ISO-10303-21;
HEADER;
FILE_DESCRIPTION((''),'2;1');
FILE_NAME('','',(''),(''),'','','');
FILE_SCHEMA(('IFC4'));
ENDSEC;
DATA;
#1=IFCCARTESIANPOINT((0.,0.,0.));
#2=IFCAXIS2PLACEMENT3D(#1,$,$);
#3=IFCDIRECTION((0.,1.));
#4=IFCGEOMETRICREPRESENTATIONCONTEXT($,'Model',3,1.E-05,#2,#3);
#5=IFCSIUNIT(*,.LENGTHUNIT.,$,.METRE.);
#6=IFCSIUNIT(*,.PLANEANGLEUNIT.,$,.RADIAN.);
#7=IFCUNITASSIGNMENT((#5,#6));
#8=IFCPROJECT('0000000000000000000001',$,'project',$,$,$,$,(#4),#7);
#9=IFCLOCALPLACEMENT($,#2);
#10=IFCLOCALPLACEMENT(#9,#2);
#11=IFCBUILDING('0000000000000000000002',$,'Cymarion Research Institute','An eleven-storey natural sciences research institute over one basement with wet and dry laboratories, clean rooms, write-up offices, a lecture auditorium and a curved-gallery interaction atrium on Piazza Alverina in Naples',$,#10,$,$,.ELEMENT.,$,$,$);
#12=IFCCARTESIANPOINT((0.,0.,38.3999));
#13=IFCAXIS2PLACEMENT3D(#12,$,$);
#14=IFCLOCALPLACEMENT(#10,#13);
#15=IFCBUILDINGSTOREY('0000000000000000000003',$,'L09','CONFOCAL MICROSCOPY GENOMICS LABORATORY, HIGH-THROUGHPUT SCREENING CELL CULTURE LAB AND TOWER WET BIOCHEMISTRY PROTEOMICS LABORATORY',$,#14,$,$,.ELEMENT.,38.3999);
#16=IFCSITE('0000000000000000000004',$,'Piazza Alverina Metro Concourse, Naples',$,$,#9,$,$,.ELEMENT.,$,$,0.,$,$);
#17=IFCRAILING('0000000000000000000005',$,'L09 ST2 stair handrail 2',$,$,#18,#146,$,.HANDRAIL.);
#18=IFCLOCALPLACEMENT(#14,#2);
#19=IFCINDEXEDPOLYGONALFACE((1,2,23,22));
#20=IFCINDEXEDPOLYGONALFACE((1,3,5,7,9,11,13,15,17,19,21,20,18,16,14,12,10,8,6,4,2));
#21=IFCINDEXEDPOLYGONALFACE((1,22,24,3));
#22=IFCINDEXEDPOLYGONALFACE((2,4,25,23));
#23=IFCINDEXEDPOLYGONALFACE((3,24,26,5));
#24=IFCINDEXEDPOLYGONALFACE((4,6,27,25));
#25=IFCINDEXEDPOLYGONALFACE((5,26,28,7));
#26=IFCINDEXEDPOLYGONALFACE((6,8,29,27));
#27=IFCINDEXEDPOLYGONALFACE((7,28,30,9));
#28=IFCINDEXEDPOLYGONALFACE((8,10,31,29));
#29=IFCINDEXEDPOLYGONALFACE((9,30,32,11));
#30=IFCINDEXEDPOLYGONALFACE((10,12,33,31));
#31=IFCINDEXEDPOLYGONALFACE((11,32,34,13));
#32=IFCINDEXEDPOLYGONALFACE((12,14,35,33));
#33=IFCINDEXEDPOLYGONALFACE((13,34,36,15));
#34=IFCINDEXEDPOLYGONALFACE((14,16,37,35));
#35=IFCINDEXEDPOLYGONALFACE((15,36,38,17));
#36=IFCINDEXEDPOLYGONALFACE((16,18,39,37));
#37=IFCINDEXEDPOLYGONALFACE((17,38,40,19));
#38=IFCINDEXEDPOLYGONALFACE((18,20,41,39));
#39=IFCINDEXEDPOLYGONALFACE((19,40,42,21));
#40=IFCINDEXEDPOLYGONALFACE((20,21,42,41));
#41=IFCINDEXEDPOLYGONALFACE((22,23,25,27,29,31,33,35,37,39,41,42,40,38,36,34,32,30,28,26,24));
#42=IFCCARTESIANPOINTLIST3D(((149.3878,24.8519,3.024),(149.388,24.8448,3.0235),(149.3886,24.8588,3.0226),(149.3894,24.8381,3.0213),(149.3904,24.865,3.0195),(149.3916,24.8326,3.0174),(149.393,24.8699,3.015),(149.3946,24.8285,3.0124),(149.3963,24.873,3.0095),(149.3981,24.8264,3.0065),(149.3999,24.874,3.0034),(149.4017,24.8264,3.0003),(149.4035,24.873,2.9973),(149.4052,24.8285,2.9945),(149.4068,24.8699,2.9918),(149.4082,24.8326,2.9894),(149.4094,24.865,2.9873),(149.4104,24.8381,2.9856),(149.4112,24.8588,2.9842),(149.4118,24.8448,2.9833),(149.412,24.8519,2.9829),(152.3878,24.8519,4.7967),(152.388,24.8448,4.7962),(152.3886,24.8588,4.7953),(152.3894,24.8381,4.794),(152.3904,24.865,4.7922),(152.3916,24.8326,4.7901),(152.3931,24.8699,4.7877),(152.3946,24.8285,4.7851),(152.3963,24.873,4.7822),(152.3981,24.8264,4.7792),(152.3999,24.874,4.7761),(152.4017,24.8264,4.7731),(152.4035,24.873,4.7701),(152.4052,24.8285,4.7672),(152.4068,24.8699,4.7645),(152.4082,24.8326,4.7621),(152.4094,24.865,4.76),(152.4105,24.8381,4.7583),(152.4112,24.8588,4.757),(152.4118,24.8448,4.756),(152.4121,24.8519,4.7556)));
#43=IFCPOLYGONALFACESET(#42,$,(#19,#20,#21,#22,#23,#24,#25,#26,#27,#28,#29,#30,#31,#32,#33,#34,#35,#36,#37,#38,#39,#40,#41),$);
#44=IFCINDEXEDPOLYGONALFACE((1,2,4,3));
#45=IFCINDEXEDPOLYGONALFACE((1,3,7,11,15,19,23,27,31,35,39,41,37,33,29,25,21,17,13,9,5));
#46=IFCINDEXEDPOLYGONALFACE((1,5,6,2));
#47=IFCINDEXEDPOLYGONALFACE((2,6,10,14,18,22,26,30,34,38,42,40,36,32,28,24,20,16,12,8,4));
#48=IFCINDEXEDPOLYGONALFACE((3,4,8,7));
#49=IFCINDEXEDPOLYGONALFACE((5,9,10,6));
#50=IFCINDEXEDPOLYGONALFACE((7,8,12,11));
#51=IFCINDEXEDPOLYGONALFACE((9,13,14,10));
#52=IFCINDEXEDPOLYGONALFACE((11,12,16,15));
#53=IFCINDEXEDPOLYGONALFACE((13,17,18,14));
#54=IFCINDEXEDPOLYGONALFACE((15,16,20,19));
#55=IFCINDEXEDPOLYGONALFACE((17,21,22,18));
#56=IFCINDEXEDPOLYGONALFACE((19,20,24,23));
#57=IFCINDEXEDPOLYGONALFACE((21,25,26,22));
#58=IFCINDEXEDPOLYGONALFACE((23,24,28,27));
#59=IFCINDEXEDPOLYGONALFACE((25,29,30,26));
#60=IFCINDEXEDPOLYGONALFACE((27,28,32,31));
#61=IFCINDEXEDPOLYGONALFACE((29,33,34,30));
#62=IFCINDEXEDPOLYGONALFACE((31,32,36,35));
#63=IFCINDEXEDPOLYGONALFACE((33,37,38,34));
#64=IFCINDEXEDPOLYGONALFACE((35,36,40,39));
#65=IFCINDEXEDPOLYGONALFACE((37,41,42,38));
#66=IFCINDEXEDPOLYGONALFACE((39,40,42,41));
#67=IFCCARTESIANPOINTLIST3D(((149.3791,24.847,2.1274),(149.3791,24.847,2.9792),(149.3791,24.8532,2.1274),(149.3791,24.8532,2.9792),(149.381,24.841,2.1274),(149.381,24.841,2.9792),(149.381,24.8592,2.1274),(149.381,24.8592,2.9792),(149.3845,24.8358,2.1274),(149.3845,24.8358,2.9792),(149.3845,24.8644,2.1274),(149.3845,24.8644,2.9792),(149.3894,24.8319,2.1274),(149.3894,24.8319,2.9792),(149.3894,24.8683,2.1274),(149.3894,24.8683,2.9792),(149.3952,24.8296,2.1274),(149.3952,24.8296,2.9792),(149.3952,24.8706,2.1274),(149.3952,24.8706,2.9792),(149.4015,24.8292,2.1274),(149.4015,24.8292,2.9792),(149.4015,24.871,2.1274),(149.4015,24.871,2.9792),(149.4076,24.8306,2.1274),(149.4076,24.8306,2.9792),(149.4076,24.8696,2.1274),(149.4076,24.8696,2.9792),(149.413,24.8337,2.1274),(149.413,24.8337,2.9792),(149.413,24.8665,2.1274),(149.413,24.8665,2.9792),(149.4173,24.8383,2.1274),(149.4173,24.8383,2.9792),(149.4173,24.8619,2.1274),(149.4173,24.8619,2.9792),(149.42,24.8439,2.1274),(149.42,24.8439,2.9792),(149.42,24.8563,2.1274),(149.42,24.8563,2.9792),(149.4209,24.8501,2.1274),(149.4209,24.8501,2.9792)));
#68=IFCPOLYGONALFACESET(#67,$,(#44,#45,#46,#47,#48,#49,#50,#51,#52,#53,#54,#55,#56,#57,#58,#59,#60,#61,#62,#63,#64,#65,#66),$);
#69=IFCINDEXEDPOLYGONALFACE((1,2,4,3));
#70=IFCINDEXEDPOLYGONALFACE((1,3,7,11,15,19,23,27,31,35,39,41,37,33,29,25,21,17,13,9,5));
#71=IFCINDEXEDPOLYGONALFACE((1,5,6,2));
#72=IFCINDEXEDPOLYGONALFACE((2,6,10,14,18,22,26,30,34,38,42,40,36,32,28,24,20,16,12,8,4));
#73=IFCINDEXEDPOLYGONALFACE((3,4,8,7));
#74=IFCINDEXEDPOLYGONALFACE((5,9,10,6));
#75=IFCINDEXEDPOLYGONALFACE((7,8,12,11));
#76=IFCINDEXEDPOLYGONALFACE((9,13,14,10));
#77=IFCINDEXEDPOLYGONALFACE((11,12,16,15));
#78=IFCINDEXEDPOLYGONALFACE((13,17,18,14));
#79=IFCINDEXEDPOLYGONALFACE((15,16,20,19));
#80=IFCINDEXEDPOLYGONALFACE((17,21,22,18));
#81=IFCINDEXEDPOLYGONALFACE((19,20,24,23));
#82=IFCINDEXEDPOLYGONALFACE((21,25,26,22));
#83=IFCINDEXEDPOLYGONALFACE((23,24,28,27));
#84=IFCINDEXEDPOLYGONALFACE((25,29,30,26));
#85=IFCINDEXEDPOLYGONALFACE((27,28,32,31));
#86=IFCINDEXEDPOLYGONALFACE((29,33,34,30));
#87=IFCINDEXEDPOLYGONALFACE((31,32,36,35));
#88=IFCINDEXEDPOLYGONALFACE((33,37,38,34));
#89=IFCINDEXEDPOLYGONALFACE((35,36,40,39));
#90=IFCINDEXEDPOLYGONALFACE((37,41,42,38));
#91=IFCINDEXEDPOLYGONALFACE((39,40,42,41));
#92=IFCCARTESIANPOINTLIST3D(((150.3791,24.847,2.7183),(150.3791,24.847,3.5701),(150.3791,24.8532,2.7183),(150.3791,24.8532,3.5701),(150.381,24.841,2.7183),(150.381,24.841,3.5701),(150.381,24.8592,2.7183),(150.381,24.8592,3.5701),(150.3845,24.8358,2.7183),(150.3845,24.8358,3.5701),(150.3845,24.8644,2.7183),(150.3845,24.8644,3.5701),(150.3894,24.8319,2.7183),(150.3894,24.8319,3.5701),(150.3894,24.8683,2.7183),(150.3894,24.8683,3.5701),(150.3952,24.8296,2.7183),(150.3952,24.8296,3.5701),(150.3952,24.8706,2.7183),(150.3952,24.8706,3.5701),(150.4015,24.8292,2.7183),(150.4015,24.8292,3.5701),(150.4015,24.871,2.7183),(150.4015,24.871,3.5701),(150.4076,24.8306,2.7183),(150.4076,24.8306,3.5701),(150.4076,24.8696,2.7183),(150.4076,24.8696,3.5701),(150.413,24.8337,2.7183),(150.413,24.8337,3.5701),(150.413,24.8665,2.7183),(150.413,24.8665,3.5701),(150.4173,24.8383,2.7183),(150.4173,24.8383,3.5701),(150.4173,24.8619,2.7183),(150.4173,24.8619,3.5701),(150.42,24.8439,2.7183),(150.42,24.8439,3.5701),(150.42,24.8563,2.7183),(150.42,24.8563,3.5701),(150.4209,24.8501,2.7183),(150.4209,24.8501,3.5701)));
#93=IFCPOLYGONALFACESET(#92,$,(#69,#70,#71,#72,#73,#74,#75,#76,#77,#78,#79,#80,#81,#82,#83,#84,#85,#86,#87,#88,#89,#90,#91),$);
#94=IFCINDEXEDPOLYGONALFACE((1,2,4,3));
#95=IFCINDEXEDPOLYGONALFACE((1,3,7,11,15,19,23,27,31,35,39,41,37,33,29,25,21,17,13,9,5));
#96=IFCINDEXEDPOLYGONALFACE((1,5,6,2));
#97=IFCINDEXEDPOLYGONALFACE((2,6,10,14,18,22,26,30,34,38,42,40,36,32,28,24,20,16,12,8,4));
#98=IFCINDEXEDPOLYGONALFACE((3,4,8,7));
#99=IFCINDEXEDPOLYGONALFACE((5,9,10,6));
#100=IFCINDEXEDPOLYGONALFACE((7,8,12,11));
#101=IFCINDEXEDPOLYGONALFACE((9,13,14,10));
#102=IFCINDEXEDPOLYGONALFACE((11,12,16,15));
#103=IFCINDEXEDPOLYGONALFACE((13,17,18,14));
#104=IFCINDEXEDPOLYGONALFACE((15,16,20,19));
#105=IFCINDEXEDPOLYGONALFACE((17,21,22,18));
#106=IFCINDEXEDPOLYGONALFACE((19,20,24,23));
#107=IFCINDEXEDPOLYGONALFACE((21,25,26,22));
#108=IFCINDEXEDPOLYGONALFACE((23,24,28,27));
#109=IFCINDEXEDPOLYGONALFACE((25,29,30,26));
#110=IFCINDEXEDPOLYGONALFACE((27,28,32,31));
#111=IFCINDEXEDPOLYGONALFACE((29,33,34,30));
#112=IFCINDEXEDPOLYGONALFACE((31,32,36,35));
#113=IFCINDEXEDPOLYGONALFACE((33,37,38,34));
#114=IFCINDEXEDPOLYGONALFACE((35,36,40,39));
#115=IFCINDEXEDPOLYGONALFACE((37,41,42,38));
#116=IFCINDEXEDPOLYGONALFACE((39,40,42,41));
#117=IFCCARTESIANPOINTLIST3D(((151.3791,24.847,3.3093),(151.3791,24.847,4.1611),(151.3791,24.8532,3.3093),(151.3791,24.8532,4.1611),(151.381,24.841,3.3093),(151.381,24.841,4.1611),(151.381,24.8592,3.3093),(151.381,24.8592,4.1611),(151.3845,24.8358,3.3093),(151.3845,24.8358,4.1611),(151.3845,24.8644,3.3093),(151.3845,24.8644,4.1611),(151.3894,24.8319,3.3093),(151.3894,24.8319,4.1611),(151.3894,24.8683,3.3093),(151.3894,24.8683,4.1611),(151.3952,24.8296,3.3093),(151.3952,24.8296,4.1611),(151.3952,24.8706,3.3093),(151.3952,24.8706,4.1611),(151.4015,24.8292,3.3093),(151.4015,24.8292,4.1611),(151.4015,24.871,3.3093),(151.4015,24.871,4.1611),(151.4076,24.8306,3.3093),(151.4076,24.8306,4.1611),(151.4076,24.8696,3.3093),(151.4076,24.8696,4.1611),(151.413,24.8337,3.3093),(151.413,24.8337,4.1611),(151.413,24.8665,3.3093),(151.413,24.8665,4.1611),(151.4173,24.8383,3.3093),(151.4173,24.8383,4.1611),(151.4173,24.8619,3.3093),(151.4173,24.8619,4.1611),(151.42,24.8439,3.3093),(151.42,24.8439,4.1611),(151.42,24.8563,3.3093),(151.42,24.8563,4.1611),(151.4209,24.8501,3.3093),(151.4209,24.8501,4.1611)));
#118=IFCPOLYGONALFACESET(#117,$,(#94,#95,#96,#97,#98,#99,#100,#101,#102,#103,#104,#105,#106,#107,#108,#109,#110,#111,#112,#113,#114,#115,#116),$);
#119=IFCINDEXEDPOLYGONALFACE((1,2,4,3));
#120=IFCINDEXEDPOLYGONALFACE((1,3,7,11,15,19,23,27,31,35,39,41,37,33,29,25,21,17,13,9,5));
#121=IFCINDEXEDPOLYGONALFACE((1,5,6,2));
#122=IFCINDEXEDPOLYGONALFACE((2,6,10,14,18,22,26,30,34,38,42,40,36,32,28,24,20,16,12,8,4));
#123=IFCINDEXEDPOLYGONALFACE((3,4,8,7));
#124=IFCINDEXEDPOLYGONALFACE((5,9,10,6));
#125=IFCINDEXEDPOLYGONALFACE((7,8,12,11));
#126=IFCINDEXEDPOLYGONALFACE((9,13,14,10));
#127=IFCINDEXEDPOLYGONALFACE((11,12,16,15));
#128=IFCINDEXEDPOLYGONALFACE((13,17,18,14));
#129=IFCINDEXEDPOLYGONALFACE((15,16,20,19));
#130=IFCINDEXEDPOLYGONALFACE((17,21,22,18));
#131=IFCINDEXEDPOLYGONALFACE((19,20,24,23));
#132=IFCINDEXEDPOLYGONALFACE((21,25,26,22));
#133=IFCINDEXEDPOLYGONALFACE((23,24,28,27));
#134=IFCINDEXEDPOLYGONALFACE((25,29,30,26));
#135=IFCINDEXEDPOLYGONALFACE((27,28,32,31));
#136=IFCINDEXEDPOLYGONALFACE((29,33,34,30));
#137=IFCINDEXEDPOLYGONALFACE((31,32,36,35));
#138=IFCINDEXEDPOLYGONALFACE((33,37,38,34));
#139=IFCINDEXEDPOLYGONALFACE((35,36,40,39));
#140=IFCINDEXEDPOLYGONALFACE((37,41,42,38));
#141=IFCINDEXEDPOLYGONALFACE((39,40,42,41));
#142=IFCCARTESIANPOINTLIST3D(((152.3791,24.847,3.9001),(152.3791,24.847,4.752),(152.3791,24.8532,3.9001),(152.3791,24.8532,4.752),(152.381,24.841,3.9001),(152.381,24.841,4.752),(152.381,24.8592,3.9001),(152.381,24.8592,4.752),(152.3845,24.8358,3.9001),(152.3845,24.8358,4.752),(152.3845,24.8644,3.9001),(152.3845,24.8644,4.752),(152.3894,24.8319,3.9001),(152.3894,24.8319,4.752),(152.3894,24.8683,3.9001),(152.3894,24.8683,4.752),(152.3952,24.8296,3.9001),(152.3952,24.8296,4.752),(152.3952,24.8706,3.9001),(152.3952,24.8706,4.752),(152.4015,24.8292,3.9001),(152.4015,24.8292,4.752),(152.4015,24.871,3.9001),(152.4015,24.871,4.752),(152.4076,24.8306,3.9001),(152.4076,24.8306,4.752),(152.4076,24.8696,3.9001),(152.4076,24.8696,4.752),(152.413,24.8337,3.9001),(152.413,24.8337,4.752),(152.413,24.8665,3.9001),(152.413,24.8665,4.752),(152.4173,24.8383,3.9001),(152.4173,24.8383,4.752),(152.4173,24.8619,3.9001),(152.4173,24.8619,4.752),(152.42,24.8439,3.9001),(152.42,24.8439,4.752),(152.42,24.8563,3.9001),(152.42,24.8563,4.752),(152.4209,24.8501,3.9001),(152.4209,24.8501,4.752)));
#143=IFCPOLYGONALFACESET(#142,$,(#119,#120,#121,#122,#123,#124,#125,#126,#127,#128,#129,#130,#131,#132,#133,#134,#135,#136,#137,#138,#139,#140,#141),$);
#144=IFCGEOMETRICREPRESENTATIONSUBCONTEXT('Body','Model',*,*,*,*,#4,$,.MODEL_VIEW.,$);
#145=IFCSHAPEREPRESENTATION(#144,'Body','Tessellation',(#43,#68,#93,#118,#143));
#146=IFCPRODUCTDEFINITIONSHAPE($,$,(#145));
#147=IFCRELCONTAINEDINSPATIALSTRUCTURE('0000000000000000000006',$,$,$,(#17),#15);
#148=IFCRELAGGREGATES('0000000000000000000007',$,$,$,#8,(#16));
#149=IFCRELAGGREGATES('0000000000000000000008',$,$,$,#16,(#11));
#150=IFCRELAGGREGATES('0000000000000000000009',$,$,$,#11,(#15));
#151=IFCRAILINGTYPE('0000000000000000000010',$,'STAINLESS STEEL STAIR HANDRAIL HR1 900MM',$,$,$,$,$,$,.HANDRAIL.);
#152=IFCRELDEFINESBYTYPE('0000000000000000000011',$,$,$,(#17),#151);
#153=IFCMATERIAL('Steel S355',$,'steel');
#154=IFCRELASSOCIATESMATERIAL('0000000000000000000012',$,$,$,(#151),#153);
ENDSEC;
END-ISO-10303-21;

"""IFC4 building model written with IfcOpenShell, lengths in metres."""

from ifc_helpers import new_model, si_unit, direction, frame, origin, origin_2d, place, context, subcontext, project, spatial, circle, extrude, material, type_object, element, save


model = new_model("IFC4")

# Units and contexts
model_context = context("Model", 3, precision=1e-05, world=origin(), true_north=direction((0.0, 1.0)))
body_context = subcontext(model_context, "Body", "Model", "MODEL_VIEW")
ifc_project = project(units=[si_unit("LENGTHUNIT", "METRE"), si_unit("PLANEANGLEUNIT", "RADIAN")], contexts=[model_context])

# Site, building, storey
site_placement = place(None, origin())
site = spatial("IfcSite", under=ifc_project, at=site_placement, Name="Piazza Alverina Metro Concourse, Naples", CompositionType="ELEMENT", RefElevation=0.0)
building_placement = place(site_placement, origin())
building = spatial("IfcBuilding", under=site, at=building_placement, Name="Cymarion Research Institute", Description="An eleven-storey natural sciences research institute over one basement with wet and dry laboratories, clean rooms, write-up offices, a lecture auditorium and a curved-gallery interaction atrium on Piazza Alverina in Naples", CompositionType="ELEMENT")
storey_placement = place(building_placement, frame((0.0, 0.0, 38.3999)))
storey = spatial("IfcBuildingStorey", under=building, at=storey_placement, Name="L09", Description="CONFOCAL MICROSCOPY GENOMICS LABORATORY, HIGH-THROUGHPUT SCREENING CELL CULTURE LAB AND TOWER WET BIOCHEMISTRY PROTEOMICS LABORATORY", CompositionType="ELEMENT", Elevation=38.3999)

# Shared definitions
ifc_material_1 = material(Name="Steel S355", Category="steel")

# Railing
railing_type_1 = type_object("IfcRailingType", Name="STAINLESS STEEL STAIR HANDRAIL HR1 900MM", PredefinedType="HANDRAIL", material=ifc_material_1)
railing_1_placement = place(storey_placement, frame((149.3999, 24.8501, 2.1274)))
element("IfcRailing", 1, at=railing_1_placement, inside=storey, type_object=railing_type_1, Name="L09 ST2 stair handrail 2", PredefinedType="HANDRAIL", context=body_context, shape_type="SweptSolid", body=[
    extrude(circle(Radius=0.0239, at=origin_2d()), frame((0.0, 0.0, 0.876), z_axis=(0.860929, 0.0, 0.508725), x_axis=(0.0, 1.0, 0.0)), (0.0, 0.0, 1.0), 3.4846),
    extrude(circle(Radius=0.021, at=origin_2d()), origin(), (0.0, 0.0, 1.0), 0.8518),
    extrude(circle(Radius=0.021, at=origin_2d()), frame((1.0, 0.0, 0.5908)), (0.0, 0.0, 1.0), 0.8518),
    extrude(circle(Radius=0.021, at=origin_2d()), frame((2.0, 0.0, 1.1819)), (0.0, 0.0, 1.0), 0.8518),
    extrude(circle(Radius=0.021, at=origin_2d()), frame((3.0, 0.0, 1.7727)), (0.0, 0.0, 1.0), 0.8518),
])

save(model, "model.ifc")
